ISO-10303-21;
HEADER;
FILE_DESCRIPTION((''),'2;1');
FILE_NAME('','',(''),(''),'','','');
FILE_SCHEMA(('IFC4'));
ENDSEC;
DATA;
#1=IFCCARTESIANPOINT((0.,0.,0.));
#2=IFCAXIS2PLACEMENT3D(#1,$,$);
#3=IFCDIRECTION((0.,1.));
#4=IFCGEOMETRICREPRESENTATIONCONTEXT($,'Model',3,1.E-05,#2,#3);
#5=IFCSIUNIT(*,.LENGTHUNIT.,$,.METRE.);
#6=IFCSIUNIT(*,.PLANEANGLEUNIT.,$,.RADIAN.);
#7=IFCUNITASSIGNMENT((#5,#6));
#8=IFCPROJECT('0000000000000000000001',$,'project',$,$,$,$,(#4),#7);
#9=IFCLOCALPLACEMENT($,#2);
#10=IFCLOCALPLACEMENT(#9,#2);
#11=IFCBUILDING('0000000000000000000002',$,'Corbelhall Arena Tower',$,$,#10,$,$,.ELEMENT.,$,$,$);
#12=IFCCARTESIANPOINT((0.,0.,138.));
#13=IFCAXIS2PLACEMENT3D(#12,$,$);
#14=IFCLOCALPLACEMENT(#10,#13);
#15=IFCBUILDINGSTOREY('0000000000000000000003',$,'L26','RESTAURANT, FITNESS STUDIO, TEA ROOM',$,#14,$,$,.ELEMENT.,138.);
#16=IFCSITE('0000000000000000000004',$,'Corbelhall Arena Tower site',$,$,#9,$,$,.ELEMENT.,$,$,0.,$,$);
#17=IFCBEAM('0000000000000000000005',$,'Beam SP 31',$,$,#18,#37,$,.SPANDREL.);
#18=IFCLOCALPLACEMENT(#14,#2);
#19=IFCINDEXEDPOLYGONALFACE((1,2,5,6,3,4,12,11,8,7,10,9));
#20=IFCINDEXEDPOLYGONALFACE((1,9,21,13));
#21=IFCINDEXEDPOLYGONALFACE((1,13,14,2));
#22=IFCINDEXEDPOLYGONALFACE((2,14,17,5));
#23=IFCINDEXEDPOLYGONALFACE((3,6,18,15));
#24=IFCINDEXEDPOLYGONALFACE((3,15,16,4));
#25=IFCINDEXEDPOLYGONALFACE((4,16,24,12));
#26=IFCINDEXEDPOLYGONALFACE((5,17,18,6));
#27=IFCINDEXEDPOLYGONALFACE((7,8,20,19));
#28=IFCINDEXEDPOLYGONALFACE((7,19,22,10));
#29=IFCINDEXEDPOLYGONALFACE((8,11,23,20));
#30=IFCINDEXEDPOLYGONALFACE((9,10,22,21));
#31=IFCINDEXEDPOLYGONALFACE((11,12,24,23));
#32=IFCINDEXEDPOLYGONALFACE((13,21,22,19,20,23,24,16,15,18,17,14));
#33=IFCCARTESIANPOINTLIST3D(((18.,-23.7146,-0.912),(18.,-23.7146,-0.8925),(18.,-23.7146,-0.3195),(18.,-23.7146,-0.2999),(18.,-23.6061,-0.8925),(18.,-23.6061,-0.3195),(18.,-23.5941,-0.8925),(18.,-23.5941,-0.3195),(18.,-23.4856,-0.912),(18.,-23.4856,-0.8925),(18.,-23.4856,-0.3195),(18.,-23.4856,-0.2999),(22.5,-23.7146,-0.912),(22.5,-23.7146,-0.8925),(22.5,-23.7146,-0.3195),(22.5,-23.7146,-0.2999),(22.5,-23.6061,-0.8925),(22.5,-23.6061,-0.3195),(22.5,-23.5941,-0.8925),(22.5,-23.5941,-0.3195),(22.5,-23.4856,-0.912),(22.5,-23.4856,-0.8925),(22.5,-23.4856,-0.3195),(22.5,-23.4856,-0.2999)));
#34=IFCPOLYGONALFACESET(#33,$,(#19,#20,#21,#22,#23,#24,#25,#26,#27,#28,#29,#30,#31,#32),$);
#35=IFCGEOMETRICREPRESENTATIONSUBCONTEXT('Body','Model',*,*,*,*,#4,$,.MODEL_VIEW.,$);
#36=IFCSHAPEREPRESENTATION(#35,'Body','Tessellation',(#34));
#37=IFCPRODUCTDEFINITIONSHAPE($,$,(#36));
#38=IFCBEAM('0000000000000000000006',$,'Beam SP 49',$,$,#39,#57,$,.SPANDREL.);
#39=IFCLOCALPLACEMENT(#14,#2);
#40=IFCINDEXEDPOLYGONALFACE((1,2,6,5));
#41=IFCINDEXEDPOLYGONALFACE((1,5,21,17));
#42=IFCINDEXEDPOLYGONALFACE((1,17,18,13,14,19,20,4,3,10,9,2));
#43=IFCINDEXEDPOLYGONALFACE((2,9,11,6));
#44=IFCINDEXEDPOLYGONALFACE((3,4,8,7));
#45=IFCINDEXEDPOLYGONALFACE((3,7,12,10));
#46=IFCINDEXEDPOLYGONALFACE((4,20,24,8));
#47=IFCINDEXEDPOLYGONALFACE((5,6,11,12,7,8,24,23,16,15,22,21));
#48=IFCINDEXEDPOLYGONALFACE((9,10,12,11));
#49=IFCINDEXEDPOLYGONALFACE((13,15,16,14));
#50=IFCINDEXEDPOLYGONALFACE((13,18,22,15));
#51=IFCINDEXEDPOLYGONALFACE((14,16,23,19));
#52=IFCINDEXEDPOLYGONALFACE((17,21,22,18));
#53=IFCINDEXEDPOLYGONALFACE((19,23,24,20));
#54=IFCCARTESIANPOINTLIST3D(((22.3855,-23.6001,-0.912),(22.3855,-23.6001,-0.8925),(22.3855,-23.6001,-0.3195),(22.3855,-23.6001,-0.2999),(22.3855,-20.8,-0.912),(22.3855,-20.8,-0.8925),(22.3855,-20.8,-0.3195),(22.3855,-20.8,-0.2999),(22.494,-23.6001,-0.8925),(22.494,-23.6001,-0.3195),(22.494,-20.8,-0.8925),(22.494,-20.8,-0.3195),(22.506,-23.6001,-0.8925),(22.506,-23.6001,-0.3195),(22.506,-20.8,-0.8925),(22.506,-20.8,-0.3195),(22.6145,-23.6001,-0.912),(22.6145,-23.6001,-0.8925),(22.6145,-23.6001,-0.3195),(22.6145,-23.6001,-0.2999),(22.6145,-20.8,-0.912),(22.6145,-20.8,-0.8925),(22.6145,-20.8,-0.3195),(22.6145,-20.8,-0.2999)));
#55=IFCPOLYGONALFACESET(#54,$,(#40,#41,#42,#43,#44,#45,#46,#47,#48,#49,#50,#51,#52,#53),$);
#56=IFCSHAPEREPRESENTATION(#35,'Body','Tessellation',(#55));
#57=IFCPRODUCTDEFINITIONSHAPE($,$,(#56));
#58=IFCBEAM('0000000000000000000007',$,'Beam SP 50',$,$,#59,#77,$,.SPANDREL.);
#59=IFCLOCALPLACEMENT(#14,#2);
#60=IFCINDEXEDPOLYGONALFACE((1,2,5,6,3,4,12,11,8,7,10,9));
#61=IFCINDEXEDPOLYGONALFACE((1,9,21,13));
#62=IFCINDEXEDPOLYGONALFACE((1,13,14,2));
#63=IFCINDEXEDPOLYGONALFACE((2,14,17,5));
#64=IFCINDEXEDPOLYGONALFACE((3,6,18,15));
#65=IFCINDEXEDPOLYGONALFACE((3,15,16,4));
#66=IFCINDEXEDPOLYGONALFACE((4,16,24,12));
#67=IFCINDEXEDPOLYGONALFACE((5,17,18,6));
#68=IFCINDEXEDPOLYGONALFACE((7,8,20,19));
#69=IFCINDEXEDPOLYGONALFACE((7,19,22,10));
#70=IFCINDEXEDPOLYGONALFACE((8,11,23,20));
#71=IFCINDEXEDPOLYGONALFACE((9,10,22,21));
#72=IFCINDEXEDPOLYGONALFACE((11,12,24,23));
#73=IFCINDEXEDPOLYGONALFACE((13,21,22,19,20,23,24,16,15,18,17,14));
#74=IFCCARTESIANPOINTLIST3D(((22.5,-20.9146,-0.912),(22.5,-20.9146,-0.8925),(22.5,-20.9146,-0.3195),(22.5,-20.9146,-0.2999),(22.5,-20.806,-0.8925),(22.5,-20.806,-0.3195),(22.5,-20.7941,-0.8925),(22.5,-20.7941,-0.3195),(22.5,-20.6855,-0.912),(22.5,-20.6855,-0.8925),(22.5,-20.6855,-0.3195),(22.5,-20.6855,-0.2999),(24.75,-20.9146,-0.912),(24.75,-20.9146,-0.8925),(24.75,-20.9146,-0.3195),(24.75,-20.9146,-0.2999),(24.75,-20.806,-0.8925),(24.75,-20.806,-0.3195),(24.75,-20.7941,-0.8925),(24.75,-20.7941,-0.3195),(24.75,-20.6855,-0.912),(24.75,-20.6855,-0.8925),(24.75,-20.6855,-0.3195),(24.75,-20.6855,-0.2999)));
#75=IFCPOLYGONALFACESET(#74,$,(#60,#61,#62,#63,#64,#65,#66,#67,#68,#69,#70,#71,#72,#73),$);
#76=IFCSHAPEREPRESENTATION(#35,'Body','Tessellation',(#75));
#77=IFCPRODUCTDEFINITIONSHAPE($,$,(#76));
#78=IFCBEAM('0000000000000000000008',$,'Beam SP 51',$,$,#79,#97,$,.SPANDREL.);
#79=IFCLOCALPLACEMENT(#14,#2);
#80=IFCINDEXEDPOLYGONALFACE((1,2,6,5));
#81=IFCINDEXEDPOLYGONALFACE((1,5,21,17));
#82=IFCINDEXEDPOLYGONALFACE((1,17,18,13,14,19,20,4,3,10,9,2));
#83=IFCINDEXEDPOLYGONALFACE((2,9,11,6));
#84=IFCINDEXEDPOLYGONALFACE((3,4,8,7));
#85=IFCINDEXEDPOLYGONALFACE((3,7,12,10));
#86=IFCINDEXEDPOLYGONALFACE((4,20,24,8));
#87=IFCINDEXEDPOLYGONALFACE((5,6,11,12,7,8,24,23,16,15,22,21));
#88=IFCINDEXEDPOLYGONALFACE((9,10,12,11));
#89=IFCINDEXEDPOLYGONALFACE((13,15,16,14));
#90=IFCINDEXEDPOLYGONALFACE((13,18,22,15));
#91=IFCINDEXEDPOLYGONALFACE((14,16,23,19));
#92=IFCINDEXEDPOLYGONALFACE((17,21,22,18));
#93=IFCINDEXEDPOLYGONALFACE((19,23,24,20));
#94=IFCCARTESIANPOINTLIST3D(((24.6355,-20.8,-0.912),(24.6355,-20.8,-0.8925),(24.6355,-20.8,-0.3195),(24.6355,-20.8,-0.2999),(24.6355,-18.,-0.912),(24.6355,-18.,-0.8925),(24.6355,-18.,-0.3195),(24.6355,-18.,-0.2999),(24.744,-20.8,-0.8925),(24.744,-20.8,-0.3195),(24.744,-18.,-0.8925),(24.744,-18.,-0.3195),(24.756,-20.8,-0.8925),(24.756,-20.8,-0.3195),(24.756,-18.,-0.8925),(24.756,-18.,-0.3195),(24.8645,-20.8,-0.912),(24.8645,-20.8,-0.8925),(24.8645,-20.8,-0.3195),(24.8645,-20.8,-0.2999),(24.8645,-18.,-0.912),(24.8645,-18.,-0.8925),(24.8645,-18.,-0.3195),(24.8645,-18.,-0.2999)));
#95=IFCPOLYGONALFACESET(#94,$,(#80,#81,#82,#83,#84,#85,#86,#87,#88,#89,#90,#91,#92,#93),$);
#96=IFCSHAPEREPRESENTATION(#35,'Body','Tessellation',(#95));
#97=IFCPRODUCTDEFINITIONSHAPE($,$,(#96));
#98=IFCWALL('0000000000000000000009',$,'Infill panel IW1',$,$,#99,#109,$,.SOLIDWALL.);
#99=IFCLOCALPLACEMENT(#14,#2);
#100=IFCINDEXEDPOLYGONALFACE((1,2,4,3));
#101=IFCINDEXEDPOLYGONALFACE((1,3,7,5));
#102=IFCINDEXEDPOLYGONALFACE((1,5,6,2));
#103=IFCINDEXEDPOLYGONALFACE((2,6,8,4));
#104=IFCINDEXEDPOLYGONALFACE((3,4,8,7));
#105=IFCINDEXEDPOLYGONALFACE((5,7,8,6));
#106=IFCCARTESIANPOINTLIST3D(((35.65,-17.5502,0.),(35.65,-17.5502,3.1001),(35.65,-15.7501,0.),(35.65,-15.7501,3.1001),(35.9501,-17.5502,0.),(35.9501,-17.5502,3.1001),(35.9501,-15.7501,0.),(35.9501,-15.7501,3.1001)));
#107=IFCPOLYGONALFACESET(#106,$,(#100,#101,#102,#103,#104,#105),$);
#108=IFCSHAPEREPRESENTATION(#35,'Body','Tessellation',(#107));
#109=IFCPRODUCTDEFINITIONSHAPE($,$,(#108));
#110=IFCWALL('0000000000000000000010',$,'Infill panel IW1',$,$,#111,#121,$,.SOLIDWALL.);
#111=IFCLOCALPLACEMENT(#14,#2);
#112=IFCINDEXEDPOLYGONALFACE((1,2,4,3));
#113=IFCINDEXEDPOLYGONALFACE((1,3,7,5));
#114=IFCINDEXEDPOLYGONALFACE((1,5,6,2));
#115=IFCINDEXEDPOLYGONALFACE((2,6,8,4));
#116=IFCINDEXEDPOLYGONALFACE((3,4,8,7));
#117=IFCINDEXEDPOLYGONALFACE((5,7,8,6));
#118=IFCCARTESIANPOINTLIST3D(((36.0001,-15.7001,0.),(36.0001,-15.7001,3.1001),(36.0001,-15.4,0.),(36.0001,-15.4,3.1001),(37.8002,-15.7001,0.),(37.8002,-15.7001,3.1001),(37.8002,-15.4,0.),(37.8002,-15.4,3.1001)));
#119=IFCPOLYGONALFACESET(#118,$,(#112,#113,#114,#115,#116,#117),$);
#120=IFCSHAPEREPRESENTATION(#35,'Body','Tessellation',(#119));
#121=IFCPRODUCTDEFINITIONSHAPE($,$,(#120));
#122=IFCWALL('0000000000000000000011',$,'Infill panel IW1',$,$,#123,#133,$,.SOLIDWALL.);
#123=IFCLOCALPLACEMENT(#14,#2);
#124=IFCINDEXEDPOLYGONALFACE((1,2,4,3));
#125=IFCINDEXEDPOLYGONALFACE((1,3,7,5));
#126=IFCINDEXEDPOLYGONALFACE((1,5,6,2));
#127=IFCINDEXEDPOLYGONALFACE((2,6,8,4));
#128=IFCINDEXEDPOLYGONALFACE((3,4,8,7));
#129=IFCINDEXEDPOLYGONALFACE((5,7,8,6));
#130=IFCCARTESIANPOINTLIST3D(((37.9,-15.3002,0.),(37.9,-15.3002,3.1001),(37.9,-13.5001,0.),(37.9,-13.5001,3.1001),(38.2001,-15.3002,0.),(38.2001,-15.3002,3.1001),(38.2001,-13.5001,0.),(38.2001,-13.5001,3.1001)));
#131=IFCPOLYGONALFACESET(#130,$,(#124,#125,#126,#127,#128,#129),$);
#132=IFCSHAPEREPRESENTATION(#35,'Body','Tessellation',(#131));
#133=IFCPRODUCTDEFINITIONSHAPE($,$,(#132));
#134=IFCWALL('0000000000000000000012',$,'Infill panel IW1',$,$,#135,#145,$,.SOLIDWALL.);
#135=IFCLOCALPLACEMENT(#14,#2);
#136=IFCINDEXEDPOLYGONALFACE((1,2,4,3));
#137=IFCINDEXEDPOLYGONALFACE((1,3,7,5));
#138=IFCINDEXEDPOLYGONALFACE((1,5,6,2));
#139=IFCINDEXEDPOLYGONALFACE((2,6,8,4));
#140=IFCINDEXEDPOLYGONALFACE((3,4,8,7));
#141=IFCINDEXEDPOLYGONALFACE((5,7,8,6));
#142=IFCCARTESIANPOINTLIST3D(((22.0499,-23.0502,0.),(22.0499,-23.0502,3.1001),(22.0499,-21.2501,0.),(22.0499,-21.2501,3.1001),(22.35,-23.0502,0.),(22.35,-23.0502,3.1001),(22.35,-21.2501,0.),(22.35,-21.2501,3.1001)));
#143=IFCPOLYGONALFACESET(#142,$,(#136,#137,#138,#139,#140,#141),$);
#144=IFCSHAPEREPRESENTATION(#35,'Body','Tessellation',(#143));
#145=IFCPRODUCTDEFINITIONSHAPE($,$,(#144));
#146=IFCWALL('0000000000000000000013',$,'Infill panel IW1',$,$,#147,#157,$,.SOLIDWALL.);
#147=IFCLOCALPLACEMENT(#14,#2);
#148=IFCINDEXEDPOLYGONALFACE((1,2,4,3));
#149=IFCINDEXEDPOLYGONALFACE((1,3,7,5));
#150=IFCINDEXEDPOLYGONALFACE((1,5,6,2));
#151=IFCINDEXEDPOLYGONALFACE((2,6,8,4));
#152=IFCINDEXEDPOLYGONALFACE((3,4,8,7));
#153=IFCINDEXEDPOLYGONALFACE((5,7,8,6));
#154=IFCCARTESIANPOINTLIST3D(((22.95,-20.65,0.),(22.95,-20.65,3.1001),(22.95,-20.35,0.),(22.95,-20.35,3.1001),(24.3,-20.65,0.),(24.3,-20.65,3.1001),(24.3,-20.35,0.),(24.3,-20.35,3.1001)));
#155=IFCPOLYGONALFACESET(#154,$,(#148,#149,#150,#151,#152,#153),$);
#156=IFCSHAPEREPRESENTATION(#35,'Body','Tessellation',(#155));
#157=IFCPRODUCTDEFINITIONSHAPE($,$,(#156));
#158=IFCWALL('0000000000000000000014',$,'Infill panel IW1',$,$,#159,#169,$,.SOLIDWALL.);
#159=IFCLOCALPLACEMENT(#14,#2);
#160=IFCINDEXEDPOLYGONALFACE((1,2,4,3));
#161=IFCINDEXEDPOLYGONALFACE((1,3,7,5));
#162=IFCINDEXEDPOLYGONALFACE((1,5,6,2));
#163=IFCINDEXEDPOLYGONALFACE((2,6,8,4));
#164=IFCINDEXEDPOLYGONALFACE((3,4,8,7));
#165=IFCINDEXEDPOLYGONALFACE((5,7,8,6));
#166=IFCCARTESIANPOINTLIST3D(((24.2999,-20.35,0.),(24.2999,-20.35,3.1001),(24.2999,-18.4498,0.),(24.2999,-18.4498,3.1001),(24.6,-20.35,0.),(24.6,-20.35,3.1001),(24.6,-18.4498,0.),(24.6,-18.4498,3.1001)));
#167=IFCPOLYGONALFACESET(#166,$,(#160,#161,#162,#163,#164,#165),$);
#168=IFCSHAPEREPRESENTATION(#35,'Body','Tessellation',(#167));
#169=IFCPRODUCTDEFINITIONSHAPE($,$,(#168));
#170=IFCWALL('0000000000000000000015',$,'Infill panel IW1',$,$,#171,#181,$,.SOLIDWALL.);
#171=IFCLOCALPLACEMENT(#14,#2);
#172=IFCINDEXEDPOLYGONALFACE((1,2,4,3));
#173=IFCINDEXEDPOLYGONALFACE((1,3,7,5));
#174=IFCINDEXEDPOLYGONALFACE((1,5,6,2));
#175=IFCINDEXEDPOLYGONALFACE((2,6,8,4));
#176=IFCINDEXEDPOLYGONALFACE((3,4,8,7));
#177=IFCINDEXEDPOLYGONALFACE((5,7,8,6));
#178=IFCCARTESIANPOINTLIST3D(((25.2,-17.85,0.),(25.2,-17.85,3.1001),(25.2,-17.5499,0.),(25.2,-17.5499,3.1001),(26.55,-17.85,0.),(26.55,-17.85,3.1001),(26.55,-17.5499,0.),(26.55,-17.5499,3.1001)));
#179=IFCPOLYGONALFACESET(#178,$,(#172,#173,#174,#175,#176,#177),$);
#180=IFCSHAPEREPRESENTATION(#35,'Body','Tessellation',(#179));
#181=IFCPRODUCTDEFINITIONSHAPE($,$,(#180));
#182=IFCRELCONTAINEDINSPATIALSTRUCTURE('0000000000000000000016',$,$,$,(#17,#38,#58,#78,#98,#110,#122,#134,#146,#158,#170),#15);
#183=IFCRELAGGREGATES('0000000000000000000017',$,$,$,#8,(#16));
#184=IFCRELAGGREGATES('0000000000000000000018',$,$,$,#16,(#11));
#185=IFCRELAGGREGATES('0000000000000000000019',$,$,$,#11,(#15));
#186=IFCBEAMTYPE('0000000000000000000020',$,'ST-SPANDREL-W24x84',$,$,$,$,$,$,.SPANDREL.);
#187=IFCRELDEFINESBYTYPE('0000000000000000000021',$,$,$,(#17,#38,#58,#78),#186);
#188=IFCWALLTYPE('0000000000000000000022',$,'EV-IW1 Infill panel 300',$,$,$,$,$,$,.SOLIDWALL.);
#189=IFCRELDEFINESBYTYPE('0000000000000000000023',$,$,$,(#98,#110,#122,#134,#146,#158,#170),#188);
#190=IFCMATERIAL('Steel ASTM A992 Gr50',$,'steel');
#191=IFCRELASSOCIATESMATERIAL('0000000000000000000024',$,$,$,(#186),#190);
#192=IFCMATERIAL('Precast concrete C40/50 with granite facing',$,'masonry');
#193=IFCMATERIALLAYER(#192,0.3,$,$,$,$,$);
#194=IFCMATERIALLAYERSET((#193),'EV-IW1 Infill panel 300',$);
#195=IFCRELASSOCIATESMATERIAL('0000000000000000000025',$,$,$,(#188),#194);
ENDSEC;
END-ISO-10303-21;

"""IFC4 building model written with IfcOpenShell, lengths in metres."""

from ifc_helpers import new_model, si_unit, direction, frame, frame_2d, origin, origin_2d, place, context, subcontext, project, spatial, rectangle, i_section, extrude, material, layer, layer_set, material_profile, profile_set, type_object, element, save


model = new_model("IFC4")

# Units and contexts
model_context = context("Model", 3, precision=1e-05, world=origin(), true_north=direction((0.0, 1.0)))
body_context = subcontext(model_context, "Body", "Model", "MODEL_VIEW")
ifc_project = project(units=[si_unit("LENGTHUNIT", "METRE"), si_unit("PLANEANGLEUNIT", "RADIAN")], contexts=[model_context])

# Site, building, storey
site_placement = place(None, origin())
site = spatial("IfcSite", under=ifc_project, at=site_placement, Name="Corbelhall Arena Tower site", CompositionType="ELEMENT", RefElevation=0.0)
building_placement = place(site_placement, origin())
building = spatial("IfcBuilding", under=site, at=building_placement, Name="Corbelhall Arena Tower", CompositionType="ELEMENT")
storey_placement = place(building_placement, frame((0.0, 0.0, 138.0)))
storey = spatial("IfcBuildingStorey", under=building, at=storey_placement, Name="L26", Description="RESTAURANT, FITNESS STUDIO, TEA ROOM", CompositionType="ELEMENT", Elevation=138.0)

# Beams
ifc_material_1 = material(Name="Steel ASTM A992 Gr50", Category="steel")
ifc_material_profile_1 = material_profile(ifc_material_1, i_section(OverallWidth=0.229, OverallDepth=0.6121, WebThickness=0.012, FlangeThickness=0.0195, at=origin_2d()))
ifc_profile_set_1 = profile_set([ifc_material_profile_1], Name="Steel ASTM A992 Gr50")
beam_type = type_object("IfcBeamType", Name="ST-SPANDREL-W24x84", PredefinedType="SPANDREL", material=ifc_profile_set_1)
beam_1_placement = place(storey_placement, frame((22.5, -23.6001, -0.606), z_axis=(-1.0, 0.0, 0.0), x_axis=(0.0, -1.0, 0.0)))
element("IfcBeam", 1, at=beam_1_placement, inside=storey, type_object=beam_type, Name="Beam SP 31", PredefinedType="SPANDREL", context=body_context, shape_type="SweptSolid", body=[
    extrude(i_section(OverallWidth=0.229, OverallDepth=0.6121, WebThickness=0.012, FlangeThickness=0.0195, at=origin_2d()), origin(), (0.0, 0.0, 1.0), 4.5),
])
beam_2_placement = place(storey_placement, frame((22.5, -20.8, -0.606), z_axis=(0.0, -1.0, 0.0), x_axis=(1.0, 0.0, 0.0)))
element("IfcBeam", 2, at=beam_2_placement, inside=storey, type_object=beam_type, Name="Beam SP 49", PredefinedType="SPANDREL", context=body_context, shape_type="SweptSolid", body=[
    extrude(i_section(OverallWidth=0.229, OverallDepth=0.6121, WebThickness=0.012, FlangeThickness=0.0195, at=origin_2d()), origin(), (0.0, 0.0, 1.0), 2.8),
])
beam_3_placement = place(storey_placement, frame((24.75, -20.8, -0.606), z_axis=(-1.0, 0.0, 0.0), x_axis=(0.0, -1.0, 0.0)))
element("IfcBeam", 3, at=beam_3_placement, inside=storey, type_object=beam_type, Name="Beam SP 50", PredefinedType="SPANDREL", context=body_context, shape_type="SweptSolid", body=[
    extrude(i_section(OverallWidth=0.229, OverallDepth=0.6121, WebThickness=0.012, FlangeThickness=0.0195, at=origin_2d()), origin(), (0.0, 0.0, 1.0), 2.25),
])
beam_4_placement = place(storey_placement, frame((24.75, -18.0, -0.606), z_axis=(0.0, -1.0, 0.0), x_axis=(1.0, 0.0, 0.0)))
element("IfcBeam", 4, at=beam_4_placement, inside=storey, type_object=beam_type, Name="Beam SP 51", PredefinedType="SPANDREL", context=body_context, shape_type="SweptSolid", body=[
    extrude(i_section(OverallWidth=0.229, OverallDepth=0.6121, WebThickness=0.012, FlangeThickness=0.0195, at=origin_2d()), origin(), (0.0, 0.0, 1.0), 2.8),
])

# Walls
ifc_material_2 = material(Name="Precast concrete C40/50 with granite facing", Category="masonry")
ifc_layer = layer(ifc_material_2, 0.3)
ifc_layer_set = layer_set([ifc_layer], Name="EV-IW1 Infill panel 300")
wall_type = type_object("IfcWallType", Name="EV-IW1 Infill panel 300", PredefinedType="SOLIDWALL", material=ifc_layer_set)
for number, where, z_axis, x_axis, name in (
    (5, (35.8, -17.55, 0.0), (0.0, 0.0, 1.0), (0.0, 1.0, 0.0), "Infill panel IW1"),
    (6, (37.8, -15.55, 0.0), (0.0, 0.0, 1.0), (-1.0, 0.0, 0.0), "Infill panel IW1"),
    (7, (38.05, -15.3, 0.0), (0.0, 0.0, 1.0), (0.0, 1.0, 0.0), "Infill panel IW1"),
    (8, (22.2, -23.05, 0.0), (0.0, 0.0, 1.0), (0.0, 1.0, 0.0), "Infill panel IW1"),
):
    element("IfcWall", number, at=place(storey_placement, frame(where, z_axis=z_axis, x_axis=x_axis)), inside=storey, type_object=wall_type, Name=name, PredefinedType="SOLIDWALL", context=body_context, shape_type="SweptSolid", body=[
        extrude(rectangle(XDim=1.8, YDim=0.3, at=frame_2d((0.8999, 0.0))), origin(), (0.0, 0.0, 1.0), 3.1001),
    ])
wall_1_placement = place(storey_placement, frame((22.95, -20.5, 0.0), z_axis=(0.0, 0.0, 1.0), x_axis=(1.0, 0.0, 0.0)))
element("IfcWall", 9, at=wall_1_placement, inside=storey, type_object=wall_type, Name="Infill panel IW1", PredefinedType="SOLIDWALL", context=body_context, shape_type="SweptSolid", body=[
    extrude(rectangle(XDim=1.3501, YDim=0.3, at=frame_2d((0.675, 0.0))), origin(), (0.0, 0.0, 1.0), 3.1001),
])
wall_2_placement = place(storey_placement, frame((24.45, -20.3501, 0.0), z_axis=(0.0, 0.0, 1.0), x_axis=(0.0, 1.0, 0.0)))
element("IfcWall", 10, at=wall_2_placement, inside=storey, type_object=wall_type, Name="Infill panel IW1", PredefinedType="SOLIDWALL", context=body_context, shape_type="SweptSolid", body=[
    extrude(rectangle(XDim=1.9001, YDim=0.3, at=frame_2d((0.9502, 0.0))), origin(), (0.0, 0.0, 1.0), 3.1001),
])
wall_3_placement = place(storey_placement, frame((25.2, -17.7, 0.0), z_axis=(0.0, 0.0, 1.0), x_axis=(1.0, 0.0, 0.0)))
element("IfcWall", 11, at=wall_3_placement, inside=storey, type_object=wall_type, Name="Infill panel IW1", PredefinedType="SOLIDWALL", context=body_context, shape_type="SweptSolid", body=[
    extrude(rectangle(XDim=1.3501, YDim=0.3, at=frame_2d((0.675, 0.0))), origin(), (0.0, 0.0, 1.0), 3.1001),
])

save(model, "model.ifc")
